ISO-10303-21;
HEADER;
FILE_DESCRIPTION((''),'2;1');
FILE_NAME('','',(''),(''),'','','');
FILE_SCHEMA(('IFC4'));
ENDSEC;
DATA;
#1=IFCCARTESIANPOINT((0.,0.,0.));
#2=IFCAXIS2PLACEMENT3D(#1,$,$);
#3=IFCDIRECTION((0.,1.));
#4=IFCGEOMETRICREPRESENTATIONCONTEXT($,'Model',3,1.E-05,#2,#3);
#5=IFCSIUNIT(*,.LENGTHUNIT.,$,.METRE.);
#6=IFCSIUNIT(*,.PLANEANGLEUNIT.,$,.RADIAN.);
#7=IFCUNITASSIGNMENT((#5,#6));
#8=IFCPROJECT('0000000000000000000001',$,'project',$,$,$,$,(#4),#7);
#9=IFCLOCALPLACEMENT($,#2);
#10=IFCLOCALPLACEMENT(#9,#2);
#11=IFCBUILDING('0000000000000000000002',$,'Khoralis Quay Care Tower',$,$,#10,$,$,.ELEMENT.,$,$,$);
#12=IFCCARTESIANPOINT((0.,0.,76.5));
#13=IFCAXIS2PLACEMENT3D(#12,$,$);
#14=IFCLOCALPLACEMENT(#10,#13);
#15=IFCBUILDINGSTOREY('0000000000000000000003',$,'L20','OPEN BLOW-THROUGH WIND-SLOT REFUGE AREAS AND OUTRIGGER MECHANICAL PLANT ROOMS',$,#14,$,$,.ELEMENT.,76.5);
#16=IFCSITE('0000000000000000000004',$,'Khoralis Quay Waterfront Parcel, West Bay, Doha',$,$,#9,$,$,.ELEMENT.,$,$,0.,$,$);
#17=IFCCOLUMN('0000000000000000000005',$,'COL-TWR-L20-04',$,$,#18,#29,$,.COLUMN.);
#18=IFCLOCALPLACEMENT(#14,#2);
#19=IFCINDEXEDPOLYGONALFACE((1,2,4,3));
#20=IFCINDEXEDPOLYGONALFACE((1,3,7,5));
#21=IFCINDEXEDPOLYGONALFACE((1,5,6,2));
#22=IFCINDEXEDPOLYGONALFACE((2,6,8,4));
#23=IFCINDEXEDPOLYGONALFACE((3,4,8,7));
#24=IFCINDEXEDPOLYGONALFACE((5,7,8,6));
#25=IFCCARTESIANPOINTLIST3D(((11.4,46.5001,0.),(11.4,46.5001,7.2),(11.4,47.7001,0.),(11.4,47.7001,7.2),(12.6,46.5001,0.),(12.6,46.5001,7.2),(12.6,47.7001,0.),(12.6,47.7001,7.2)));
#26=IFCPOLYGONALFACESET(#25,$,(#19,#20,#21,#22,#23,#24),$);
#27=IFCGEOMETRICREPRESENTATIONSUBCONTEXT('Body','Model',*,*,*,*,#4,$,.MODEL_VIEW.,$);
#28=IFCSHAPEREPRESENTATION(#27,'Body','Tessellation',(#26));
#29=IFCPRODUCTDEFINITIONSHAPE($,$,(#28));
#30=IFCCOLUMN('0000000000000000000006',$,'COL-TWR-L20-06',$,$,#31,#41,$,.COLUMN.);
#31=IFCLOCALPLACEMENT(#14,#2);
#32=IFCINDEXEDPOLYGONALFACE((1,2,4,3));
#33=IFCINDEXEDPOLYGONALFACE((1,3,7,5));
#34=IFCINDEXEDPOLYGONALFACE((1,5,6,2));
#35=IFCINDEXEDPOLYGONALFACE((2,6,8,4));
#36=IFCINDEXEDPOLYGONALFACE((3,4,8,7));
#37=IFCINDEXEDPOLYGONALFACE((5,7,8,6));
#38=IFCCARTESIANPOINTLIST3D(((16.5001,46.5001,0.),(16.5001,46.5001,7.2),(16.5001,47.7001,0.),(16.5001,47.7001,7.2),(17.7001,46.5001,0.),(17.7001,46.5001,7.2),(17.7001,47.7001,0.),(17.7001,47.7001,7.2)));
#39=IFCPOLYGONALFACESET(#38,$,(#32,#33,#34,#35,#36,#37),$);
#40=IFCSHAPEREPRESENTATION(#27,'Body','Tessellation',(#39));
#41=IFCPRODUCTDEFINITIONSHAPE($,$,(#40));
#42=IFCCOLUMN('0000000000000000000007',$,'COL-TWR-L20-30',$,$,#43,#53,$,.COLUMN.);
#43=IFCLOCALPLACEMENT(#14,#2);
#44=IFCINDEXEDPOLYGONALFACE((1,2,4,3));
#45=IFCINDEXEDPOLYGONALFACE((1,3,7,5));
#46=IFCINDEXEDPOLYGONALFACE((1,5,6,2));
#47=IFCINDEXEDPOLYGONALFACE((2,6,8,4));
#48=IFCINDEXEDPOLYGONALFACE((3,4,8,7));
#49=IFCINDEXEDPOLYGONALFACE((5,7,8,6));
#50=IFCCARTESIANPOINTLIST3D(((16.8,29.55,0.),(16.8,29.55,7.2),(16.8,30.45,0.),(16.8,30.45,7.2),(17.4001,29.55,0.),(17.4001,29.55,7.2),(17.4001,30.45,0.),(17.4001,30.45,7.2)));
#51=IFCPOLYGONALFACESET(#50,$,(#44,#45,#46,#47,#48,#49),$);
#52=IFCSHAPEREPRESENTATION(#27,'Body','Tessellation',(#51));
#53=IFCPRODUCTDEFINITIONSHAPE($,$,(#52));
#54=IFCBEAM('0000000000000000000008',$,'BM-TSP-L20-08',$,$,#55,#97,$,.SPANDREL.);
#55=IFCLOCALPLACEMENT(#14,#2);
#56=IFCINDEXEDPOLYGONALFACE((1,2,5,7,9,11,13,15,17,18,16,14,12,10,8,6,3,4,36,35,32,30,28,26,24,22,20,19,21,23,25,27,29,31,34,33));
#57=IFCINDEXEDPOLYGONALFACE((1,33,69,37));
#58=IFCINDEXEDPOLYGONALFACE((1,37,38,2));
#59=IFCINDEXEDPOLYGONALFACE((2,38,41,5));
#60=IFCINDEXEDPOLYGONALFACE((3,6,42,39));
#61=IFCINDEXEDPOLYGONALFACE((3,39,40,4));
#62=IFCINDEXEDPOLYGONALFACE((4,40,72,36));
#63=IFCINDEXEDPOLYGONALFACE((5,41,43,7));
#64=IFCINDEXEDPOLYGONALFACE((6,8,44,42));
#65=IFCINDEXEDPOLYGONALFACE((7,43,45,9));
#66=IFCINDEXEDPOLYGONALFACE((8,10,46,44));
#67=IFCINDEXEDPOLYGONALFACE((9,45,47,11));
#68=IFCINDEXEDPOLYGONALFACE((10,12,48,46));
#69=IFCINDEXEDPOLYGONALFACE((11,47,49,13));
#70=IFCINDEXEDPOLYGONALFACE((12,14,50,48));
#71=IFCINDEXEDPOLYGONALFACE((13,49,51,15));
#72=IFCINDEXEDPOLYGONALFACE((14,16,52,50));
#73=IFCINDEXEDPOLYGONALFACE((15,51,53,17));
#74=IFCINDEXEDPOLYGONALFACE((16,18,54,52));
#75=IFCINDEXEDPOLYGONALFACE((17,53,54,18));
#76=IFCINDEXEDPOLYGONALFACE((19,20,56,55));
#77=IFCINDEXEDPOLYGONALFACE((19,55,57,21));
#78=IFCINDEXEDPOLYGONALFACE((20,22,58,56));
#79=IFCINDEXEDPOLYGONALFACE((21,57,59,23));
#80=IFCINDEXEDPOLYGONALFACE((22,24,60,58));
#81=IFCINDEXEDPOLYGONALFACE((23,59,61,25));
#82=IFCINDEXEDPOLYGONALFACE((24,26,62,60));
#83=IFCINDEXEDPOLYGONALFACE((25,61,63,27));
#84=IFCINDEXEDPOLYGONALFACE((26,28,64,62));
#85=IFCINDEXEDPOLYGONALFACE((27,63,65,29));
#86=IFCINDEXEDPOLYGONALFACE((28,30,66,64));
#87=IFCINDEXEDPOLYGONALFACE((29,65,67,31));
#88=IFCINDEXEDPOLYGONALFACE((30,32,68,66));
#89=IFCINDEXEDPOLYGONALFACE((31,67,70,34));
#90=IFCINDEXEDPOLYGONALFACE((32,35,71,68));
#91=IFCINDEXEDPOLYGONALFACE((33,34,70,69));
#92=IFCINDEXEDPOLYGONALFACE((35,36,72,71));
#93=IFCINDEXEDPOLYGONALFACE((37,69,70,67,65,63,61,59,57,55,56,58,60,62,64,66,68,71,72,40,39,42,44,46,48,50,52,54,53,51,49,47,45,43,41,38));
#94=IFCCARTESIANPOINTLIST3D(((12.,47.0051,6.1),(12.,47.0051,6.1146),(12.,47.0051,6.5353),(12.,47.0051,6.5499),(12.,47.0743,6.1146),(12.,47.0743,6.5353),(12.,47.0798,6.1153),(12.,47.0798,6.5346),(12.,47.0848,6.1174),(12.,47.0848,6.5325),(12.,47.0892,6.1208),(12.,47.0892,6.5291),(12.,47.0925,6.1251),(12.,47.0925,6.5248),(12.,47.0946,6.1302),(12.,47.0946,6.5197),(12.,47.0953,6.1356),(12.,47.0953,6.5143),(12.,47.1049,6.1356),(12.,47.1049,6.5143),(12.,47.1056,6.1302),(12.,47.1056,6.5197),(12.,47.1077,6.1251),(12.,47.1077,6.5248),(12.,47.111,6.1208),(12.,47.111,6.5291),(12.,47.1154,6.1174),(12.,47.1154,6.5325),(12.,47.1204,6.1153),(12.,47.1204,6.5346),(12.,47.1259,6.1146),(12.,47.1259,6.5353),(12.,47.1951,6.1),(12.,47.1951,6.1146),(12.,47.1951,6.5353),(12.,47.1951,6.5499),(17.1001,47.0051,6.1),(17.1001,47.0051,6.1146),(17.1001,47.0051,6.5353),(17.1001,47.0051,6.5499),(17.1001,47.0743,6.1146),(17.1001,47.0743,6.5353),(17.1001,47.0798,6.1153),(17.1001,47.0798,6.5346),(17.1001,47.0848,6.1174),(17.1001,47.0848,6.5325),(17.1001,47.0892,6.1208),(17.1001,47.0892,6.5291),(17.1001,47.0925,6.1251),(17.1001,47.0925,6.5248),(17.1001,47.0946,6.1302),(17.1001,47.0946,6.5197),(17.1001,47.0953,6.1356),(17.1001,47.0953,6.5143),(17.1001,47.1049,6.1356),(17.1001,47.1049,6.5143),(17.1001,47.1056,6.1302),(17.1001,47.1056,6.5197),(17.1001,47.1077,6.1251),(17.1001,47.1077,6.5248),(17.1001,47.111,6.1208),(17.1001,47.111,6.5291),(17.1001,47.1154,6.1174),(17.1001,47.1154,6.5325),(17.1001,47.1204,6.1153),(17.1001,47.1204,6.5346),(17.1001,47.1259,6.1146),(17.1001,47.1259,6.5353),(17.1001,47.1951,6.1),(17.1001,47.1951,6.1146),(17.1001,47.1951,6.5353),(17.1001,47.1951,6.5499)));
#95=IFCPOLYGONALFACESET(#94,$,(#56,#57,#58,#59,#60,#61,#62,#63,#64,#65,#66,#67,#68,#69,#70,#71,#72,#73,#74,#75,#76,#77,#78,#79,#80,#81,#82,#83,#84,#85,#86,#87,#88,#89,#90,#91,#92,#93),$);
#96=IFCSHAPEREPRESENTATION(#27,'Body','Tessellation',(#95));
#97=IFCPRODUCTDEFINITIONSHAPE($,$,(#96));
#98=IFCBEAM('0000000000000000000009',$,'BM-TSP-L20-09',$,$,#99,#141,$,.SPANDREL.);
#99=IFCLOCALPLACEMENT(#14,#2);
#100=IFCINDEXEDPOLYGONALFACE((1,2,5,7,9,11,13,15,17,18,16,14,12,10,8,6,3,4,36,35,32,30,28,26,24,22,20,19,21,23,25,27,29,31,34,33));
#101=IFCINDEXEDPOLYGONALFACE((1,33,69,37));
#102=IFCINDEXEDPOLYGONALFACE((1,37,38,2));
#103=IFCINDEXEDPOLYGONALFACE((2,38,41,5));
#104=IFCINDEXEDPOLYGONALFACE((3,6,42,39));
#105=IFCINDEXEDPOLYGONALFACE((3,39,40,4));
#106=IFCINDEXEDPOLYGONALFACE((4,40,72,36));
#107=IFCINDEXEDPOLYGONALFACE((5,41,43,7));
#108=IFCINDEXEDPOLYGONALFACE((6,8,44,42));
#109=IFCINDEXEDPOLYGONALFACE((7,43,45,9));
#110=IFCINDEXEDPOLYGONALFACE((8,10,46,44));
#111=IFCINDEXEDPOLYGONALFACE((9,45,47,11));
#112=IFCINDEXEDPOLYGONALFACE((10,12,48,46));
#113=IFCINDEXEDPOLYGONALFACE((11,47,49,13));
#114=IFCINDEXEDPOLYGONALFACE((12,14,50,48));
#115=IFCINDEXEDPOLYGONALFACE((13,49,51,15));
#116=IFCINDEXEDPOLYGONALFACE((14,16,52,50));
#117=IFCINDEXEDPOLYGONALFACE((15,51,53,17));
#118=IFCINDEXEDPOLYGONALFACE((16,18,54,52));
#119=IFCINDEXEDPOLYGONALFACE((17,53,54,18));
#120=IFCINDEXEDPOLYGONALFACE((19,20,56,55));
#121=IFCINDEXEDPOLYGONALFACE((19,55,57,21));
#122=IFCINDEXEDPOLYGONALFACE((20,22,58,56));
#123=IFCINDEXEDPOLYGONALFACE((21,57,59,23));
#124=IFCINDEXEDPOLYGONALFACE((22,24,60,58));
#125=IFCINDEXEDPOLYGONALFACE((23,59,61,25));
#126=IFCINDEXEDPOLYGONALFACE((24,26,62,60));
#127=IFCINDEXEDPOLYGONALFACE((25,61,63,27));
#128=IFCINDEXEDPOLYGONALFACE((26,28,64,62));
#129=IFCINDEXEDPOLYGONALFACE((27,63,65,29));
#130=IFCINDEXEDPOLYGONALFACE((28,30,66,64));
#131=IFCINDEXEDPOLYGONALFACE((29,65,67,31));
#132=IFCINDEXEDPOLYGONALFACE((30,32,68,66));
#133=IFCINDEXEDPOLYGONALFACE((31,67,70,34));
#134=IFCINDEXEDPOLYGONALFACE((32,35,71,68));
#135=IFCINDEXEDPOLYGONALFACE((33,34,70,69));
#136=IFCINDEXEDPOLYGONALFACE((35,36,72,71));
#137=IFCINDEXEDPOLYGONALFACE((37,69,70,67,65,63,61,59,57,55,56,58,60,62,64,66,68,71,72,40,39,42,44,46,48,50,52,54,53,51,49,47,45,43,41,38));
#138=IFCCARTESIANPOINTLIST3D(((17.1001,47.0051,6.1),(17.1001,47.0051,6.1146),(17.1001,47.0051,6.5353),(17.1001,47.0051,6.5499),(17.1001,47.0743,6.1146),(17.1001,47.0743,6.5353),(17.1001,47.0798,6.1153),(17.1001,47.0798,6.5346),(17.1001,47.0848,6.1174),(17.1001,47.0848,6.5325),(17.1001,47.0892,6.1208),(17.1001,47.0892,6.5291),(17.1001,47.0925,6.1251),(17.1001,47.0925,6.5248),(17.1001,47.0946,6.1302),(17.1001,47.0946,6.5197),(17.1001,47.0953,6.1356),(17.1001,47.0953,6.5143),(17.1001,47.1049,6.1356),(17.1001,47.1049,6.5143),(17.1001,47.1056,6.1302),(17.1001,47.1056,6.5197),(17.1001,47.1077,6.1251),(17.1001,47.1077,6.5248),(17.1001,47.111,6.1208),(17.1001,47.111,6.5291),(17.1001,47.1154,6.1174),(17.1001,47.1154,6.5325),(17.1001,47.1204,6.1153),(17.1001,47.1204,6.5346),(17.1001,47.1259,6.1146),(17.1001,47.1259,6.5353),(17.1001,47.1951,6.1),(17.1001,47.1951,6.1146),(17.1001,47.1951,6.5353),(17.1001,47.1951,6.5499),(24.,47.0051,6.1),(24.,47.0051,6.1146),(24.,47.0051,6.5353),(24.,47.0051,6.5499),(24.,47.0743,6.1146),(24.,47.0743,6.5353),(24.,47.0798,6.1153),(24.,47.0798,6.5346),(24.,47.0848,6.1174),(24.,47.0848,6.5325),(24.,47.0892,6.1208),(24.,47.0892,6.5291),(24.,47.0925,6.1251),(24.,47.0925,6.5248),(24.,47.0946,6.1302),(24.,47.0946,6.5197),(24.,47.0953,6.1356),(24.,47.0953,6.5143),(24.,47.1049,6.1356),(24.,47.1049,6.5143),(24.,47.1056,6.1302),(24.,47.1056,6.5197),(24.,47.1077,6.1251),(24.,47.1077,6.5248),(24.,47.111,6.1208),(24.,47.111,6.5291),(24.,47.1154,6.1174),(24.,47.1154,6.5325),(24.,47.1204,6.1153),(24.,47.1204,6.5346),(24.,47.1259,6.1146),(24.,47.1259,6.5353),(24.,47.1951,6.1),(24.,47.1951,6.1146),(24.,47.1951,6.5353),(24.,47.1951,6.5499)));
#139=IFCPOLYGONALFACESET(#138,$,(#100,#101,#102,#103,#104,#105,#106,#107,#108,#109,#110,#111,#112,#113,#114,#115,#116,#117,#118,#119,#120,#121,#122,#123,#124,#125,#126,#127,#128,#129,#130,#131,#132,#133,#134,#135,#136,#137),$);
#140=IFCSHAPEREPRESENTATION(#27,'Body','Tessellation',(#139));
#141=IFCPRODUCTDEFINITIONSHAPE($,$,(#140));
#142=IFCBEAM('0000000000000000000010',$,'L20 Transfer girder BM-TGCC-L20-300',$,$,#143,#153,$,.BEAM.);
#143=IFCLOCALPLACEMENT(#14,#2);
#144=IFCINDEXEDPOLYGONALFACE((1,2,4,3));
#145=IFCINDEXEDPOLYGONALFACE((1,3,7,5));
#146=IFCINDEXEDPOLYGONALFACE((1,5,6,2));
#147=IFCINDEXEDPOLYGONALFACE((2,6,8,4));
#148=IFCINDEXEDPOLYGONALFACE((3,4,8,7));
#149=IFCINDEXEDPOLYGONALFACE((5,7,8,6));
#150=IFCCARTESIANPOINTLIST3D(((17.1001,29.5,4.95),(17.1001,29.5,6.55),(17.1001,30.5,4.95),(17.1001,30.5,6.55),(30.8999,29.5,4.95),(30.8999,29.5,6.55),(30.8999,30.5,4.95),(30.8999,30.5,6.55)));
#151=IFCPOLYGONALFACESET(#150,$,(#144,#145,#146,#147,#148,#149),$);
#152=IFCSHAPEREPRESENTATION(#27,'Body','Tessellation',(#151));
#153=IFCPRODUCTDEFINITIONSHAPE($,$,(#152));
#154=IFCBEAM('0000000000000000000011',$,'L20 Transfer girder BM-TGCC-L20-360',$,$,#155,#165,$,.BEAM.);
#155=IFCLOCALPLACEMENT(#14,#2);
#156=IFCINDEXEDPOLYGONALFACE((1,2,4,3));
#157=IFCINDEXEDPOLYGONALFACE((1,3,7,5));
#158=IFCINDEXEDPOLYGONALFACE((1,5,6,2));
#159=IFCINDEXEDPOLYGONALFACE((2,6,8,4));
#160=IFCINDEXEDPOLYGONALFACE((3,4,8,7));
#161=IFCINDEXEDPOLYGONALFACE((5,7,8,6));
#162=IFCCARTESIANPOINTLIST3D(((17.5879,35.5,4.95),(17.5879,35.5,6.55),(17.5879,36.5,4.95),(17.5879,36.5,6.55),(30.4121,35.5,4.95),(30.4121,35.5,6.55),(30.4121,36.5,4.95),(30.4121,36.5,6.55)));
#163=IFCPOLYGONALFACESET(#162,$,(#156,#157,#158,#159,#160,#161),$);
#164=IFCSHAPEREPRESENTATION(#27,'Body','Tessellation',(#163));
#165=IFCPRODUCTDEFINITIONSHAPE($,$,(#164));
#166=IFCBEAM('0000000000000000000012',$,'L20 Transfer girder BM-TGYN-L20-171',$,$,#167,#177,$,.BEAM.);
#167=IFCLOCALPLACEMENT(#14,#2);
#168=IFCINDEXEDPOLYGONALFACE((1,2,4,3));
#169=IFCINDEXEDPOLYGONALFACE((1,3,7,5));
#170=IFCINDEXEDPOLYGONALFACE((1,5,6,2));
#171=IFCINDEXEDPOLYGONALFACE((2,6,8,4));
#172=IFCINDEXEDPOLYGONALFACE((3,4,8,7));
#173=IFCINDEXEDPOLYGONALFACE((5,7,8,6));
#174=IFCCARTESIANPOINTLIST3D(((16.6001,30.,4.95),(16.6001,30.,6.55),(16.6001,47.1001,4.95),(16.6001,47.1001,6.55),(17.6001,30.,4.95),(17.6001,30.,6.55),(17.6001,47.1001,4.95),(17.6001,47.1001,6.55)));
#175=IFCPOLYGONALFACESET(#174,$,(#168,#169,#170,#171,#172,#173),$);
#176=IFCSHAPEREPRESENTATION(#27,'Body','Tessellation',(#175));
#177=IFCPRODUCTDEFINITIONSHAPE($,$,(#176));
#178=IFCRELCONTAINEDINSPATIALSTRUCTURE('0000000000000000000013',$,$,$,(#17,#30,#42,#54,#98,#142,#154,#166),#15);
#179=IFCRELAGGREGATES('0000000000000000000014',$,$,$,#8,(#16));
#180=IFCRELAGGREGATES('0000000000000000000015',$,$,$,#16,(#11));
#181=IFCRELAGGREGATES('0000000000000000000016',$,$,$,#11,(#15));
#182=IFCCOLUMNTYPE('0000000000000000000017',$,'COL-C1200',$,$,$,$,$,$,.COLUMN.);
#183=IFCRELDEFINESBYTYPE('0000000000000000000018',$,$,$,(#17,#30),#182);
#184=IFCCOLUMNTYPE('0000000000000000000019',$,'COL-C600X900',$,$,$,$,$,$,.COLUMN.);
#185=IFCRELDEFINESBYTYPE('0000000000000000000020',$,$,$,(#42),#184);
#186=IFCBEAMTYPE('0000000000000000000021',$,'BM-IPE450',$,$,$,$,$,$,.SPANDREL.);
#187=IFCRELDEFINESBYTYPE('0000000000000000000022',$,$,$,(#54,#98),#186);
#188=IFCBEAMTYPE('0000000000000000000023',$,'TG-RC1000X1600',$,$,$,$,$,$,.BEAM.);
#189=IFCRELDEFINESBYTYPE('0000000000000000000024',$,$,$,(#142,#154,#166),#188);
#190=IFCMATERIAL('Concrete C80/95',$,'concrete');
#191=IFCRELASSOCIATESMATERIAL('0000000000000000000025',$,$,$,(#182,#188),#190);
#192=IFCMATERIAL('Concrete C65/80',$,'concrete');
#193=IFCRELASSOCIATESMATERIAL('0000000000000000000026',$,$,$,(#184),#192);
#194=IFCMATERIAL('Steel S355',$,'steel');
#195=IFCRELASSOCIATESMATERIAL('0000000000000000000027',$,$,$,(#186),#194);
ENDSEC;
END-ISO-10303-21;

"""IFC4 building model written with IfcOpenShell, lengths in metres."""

from ifc_helpers import new_model, si_unit, direction, frame, origin, origin_2d, place, context, subcontext, project, spatial, rectangle, i_section, extrude, source, transform, mapped, material, material_profile, profile_set, type_object, element, save


model = new_model("IFC4")

# Units and contexts
model_context = context("Model", 3, precision=1e-05, world=origin(), true_north=direction((0.0, 1.0)))
body_context = subcontext(model_context, "Body", "Model", "MODEL_VIEW")
ifc_project = project(units=[si_unit("LENGTHUNIT", "METRE"), si_unit("PLANEANGLEUNIT", "RADIAN")], contexts=[model_context])

# Site, building, storey
site_placement = place(None, origin())
site = spatial("IfcSite", under=ifc_project, at=site_placement, Name="Khoralis Quay Waterfront Parcel, West Bay, Doha", CompositionType="ELEMENT", RefElevation=0.0)
building_placement = place(site_placement, origin())
building = spatial("IfcBuilding", under=site, at=building_placement, Name="Khoralis Quay Care Tower", CompositionType="ELEMENT")
storey_placement = place(building_placement, frame((0.0, 0.0, 76.5)))
storey = spatial("IfcBuildingStorey", under=building, at=storey_placement, Name="L20", Description="OPEN BLOW-THROUGH WIND-SLOT REFUGE AREAS AND OUTRIGGER MECHANICAL PLANT ROOMS", CompositionType="ELEMENT", Elevation=76.5)

# Columns
ifc_material_1 = material(Name="Concrete C80/95", Category="concrete")
ifc_material_profile_1 = material_profile(ifc_material_1, rectangle(XDim=1.2, YDim=1.2, at=origin_2d()), Name="Concrete C80/95")
ifc_profile_set_1 = profile_set([ifc_material_profile_1], Name="Concrete C80/95")
column_type_1 = type_object("IfcColumnType", Name="COL-C1200", PredefinedType="COLUMN", material=ifc_profile_set_1)
shared_shape_1 = source(origin(), body_context, "Body", "SweptSolid", [
    extrude(rectangle(XDim=1.2, YDim=1.2, at=origin_2d()), origin(), (0.0, 0.0, 1.0), 7.2),
])
for number, where, z_axis, x_axis, name in (
    (1, (12.0, 47.1001, 0.0), (0.0, 0.0, 1.0), (1.0, 0.0, 0.0), "COL-TWR-L20-04"),
    (2, (17.1001, 47.1001, 0.0), (0.0, 0.0, 1.0), (1.0, 0.0, 0.0), "COL-TWR-L20-06"),
):
    element("IfcColumn", number, at=place(storey_placement, frame(where, z_axis=z_axis, x_axis=x_axis)), inside=storey, type_object=column_type_1, Name=name, PredefinedType="COLUMN", context=body_context, shape_type="MappedRepresentation", body=[
        mapped(shared_shape_1, transform((0.0, 0.0, 0.0), scale=1.0)),
    ])
ifc_material_2 = material(Name="Concrete C65/80", Category="concrete")
ifc_material_profile_2 = material_profile(ifc_material_2, rectangle(XDim=0.6001, YDim=0.8999, at=origin_2d()), Name="Concrete C65/80")
ifc_profile_set_2 = profile_set([ifc_material_profile_2], Name="Concrete C65/80")
column_type_2 = type_object("IfcColumnType", Name="COL-C600X900", PredefinedType="COLUMN", material=ifc_profile_set_2)
shared_shape_2 = source(origin(), body_context, "Body", "SweptSolid", [
    extrude(rectangle(XDim=0.6001, YDim=0.8999, at=origin_2d()), origin(), (0.0, 0.0, 1.0), 7.2),
])
column_placement = place(storey_placement, frame((17.1001, 30.0, 0.0), z_axis=(0.0, 0.0, 1.0), x_axis=(1.0, 0.0, 0.0)))
element("IfcColumn", 3, at=column_placement, inside=storey, type_object=column_type_2, Name="COL-TWR-L20-30", PredefinedType="COLUMN", context=body_context, shape_type="MappedRepresentation", body=[
    mapped(shared_shape_2, transform((0.0, 0.0, 0.0), scale=1.0)),
])

# Beams
ifc_material_3 = material(Name="Steel S355", Category="steel")
ifc_material_profile_3 = material_profile(ifc_material_3, i_section(OverallWidth=0.1899, OverallDepth=0.45, WebThickness=0.0095, FlangeThickness=0.0146, FilletRadius=0.021, at=origin_2d()), Name="Steel S355")
ifc_profile_set_3 = profile_set([ifc_material_profile_3], Name="Steel S355")
beam_type_1 = type_object("IfcBeamType", Name="BM-IPE450", PredefinedType="SPANDREL", material=ifc_profile_set_3)
shared_shape_3 = source(origin(), body_context, "Body", "SweptSolid", [
    extrude(i_section(OverallWidth=0.1899, OverallDepth=0.45, WebThickness=0.0095, FlangeThickness=0.0146, FilletRadius=0.021, at=origin_2d()), origin(), (0.0, 0.0, 1.0), 5.1001),
])
beam_1_placement = place(storey_placement, frame((12.0, 47.1001, 6.325), z_axis=(1.0, 0.0, 0.0), x_axis=(0.0, 1.0, 0.0)))
element("IfcBeam", 4, at=beam_1_placement, inside=storey, type_object=beam_type_1, Name="BM-TSP-L20-08", PredefinedType="SPANDREL", context=body_context, shape_type="MappedRepresentation", body=[
    mapped(shared_shape_3, transform((0.0, 0.0, 0.0), scale=1.0)),
])
shared_shape_4 = source(origin(), body_context, "Body", "SweptSolid", [
    extrude(i_section(OverallWidth=0.1899, OverallDepth=0.45, WebThickness=0.0095, FlangeThickness=0.0146, FilletRadius=0.021, at=origin_2d()), origin(), (0.0, 0.0, 1.0), 6.8999),
])
beam_2_placement = place(storey_placement, frame((17.1001, 47.1001, 6.325), z_axis=(1.0, 0.0, 0.0), x_axis=(0.0, 1.0, 0.0)))
element("IfcBeam", 5, at=beam_2_placement, inside=storey, type_object=beam_type_1, Name="BM-TSP-L20-09", PredefinedType="SPANDREL", context=body_context, shape_type="MappedRepresentation", body=[
    mapped(shared_shape_4, transform((0.0, 0.0, 0.0), scale=1.0)),
])
ifc_material_profile_4 = material_profile(ifc_material_1, rectangle(XDim=1.0, YDim=1.6001, at=origin_2d()), Name="Concrete C80/95")
ifc_profile_set_4 = profile_set([ifc_material_profile_4], Name="Concrete C80/95")
beam_type_2 = type_object("IfcBeamType", Name="TG-RC1000X1600", PredefinedType="BEAM", material=ifc_profile_set_4)
shared_shape_5 = source(origin(), body_context, "Body", "SweptSolid", [
    extrude(rectangle(XDim=1.0, YDim=1.6001, at=origin_2d()), origin(), (0.0, 0.0, 1.0), 13.7998),
])
beam_3_placement = place(storey_placement, frame((17.1001, 30.0, 5.75), z_axis=(1.0, 0.0, 0.0), x_axis=(0.0, 1.0, 0.0)))
element("IfcBeam", 6, at=beam_3_placement, inside=storey, type_object=beam_type_2, Name="L20 Transfer girder BM-TGCC-L20-300", PredefinedType="BEAM", context=body_context, shape_type="MappedRepresentation", body=[
    mapped(shared_shape_5, transform((0.0, 0.0, 0.0), scale=1.0)),
])
shared_shape_6 = source(origin(), body_context, "Body", "SweptSolid", [
    extrude(rectangle(XDim=1.0, YDim=1.6001, at=origin_2d()), origin(), (0.0, 0.0, 1.0), 12.8242),
])
beam_4_placement = place(storey_placement, frame((17.5879, 36.0, 5.75), z_axis=(1.0, 0.0, 0.0), x_axis=(0.0, 1.0, 0.0)))
element("IfcBeam", 7, at=beam_4_placement, inside=storey, type_object=beam_type_2, Name="L20 Transfer girder BM-TGCC-L20-360", PredefinedType="BEAM", context=body_context, shape_type="MappedRepresentation", body=[
    mapped(shared_shape_6, transform((0.0, 0.0, 0.0), scale=1.0)),
])
shared_shape_7 = source(origin(), body_context, "Body", "SweptSolid", [
    extrude(rectangle(XDim=1.0, YDim=1.6001, at=origin_2d()), origin(), (0.0, 0.0, 1.0), 17.1001),
])
beam_5_placement = place(storey_placement, frame((17.1001, 30.0, 5.75), z_axis=(0.0, 1.0, 0.0), x_axis=(-1.0, 0.0, 0.0)))
element("IfcBeam", 8, at=beam_5_placement, inside=storey, type_object=beam_type_2, Name="L20 Transfer girder BM-TGYN-L20-171", PredefinedType="BEAM", context=body_context, shape_type="MappedRepresentation", body=[
    mapped(shared_shape_7, transform((0.0, 0.0, 0.0), scale=1.0)),
])

save(model, "model.ifc")
